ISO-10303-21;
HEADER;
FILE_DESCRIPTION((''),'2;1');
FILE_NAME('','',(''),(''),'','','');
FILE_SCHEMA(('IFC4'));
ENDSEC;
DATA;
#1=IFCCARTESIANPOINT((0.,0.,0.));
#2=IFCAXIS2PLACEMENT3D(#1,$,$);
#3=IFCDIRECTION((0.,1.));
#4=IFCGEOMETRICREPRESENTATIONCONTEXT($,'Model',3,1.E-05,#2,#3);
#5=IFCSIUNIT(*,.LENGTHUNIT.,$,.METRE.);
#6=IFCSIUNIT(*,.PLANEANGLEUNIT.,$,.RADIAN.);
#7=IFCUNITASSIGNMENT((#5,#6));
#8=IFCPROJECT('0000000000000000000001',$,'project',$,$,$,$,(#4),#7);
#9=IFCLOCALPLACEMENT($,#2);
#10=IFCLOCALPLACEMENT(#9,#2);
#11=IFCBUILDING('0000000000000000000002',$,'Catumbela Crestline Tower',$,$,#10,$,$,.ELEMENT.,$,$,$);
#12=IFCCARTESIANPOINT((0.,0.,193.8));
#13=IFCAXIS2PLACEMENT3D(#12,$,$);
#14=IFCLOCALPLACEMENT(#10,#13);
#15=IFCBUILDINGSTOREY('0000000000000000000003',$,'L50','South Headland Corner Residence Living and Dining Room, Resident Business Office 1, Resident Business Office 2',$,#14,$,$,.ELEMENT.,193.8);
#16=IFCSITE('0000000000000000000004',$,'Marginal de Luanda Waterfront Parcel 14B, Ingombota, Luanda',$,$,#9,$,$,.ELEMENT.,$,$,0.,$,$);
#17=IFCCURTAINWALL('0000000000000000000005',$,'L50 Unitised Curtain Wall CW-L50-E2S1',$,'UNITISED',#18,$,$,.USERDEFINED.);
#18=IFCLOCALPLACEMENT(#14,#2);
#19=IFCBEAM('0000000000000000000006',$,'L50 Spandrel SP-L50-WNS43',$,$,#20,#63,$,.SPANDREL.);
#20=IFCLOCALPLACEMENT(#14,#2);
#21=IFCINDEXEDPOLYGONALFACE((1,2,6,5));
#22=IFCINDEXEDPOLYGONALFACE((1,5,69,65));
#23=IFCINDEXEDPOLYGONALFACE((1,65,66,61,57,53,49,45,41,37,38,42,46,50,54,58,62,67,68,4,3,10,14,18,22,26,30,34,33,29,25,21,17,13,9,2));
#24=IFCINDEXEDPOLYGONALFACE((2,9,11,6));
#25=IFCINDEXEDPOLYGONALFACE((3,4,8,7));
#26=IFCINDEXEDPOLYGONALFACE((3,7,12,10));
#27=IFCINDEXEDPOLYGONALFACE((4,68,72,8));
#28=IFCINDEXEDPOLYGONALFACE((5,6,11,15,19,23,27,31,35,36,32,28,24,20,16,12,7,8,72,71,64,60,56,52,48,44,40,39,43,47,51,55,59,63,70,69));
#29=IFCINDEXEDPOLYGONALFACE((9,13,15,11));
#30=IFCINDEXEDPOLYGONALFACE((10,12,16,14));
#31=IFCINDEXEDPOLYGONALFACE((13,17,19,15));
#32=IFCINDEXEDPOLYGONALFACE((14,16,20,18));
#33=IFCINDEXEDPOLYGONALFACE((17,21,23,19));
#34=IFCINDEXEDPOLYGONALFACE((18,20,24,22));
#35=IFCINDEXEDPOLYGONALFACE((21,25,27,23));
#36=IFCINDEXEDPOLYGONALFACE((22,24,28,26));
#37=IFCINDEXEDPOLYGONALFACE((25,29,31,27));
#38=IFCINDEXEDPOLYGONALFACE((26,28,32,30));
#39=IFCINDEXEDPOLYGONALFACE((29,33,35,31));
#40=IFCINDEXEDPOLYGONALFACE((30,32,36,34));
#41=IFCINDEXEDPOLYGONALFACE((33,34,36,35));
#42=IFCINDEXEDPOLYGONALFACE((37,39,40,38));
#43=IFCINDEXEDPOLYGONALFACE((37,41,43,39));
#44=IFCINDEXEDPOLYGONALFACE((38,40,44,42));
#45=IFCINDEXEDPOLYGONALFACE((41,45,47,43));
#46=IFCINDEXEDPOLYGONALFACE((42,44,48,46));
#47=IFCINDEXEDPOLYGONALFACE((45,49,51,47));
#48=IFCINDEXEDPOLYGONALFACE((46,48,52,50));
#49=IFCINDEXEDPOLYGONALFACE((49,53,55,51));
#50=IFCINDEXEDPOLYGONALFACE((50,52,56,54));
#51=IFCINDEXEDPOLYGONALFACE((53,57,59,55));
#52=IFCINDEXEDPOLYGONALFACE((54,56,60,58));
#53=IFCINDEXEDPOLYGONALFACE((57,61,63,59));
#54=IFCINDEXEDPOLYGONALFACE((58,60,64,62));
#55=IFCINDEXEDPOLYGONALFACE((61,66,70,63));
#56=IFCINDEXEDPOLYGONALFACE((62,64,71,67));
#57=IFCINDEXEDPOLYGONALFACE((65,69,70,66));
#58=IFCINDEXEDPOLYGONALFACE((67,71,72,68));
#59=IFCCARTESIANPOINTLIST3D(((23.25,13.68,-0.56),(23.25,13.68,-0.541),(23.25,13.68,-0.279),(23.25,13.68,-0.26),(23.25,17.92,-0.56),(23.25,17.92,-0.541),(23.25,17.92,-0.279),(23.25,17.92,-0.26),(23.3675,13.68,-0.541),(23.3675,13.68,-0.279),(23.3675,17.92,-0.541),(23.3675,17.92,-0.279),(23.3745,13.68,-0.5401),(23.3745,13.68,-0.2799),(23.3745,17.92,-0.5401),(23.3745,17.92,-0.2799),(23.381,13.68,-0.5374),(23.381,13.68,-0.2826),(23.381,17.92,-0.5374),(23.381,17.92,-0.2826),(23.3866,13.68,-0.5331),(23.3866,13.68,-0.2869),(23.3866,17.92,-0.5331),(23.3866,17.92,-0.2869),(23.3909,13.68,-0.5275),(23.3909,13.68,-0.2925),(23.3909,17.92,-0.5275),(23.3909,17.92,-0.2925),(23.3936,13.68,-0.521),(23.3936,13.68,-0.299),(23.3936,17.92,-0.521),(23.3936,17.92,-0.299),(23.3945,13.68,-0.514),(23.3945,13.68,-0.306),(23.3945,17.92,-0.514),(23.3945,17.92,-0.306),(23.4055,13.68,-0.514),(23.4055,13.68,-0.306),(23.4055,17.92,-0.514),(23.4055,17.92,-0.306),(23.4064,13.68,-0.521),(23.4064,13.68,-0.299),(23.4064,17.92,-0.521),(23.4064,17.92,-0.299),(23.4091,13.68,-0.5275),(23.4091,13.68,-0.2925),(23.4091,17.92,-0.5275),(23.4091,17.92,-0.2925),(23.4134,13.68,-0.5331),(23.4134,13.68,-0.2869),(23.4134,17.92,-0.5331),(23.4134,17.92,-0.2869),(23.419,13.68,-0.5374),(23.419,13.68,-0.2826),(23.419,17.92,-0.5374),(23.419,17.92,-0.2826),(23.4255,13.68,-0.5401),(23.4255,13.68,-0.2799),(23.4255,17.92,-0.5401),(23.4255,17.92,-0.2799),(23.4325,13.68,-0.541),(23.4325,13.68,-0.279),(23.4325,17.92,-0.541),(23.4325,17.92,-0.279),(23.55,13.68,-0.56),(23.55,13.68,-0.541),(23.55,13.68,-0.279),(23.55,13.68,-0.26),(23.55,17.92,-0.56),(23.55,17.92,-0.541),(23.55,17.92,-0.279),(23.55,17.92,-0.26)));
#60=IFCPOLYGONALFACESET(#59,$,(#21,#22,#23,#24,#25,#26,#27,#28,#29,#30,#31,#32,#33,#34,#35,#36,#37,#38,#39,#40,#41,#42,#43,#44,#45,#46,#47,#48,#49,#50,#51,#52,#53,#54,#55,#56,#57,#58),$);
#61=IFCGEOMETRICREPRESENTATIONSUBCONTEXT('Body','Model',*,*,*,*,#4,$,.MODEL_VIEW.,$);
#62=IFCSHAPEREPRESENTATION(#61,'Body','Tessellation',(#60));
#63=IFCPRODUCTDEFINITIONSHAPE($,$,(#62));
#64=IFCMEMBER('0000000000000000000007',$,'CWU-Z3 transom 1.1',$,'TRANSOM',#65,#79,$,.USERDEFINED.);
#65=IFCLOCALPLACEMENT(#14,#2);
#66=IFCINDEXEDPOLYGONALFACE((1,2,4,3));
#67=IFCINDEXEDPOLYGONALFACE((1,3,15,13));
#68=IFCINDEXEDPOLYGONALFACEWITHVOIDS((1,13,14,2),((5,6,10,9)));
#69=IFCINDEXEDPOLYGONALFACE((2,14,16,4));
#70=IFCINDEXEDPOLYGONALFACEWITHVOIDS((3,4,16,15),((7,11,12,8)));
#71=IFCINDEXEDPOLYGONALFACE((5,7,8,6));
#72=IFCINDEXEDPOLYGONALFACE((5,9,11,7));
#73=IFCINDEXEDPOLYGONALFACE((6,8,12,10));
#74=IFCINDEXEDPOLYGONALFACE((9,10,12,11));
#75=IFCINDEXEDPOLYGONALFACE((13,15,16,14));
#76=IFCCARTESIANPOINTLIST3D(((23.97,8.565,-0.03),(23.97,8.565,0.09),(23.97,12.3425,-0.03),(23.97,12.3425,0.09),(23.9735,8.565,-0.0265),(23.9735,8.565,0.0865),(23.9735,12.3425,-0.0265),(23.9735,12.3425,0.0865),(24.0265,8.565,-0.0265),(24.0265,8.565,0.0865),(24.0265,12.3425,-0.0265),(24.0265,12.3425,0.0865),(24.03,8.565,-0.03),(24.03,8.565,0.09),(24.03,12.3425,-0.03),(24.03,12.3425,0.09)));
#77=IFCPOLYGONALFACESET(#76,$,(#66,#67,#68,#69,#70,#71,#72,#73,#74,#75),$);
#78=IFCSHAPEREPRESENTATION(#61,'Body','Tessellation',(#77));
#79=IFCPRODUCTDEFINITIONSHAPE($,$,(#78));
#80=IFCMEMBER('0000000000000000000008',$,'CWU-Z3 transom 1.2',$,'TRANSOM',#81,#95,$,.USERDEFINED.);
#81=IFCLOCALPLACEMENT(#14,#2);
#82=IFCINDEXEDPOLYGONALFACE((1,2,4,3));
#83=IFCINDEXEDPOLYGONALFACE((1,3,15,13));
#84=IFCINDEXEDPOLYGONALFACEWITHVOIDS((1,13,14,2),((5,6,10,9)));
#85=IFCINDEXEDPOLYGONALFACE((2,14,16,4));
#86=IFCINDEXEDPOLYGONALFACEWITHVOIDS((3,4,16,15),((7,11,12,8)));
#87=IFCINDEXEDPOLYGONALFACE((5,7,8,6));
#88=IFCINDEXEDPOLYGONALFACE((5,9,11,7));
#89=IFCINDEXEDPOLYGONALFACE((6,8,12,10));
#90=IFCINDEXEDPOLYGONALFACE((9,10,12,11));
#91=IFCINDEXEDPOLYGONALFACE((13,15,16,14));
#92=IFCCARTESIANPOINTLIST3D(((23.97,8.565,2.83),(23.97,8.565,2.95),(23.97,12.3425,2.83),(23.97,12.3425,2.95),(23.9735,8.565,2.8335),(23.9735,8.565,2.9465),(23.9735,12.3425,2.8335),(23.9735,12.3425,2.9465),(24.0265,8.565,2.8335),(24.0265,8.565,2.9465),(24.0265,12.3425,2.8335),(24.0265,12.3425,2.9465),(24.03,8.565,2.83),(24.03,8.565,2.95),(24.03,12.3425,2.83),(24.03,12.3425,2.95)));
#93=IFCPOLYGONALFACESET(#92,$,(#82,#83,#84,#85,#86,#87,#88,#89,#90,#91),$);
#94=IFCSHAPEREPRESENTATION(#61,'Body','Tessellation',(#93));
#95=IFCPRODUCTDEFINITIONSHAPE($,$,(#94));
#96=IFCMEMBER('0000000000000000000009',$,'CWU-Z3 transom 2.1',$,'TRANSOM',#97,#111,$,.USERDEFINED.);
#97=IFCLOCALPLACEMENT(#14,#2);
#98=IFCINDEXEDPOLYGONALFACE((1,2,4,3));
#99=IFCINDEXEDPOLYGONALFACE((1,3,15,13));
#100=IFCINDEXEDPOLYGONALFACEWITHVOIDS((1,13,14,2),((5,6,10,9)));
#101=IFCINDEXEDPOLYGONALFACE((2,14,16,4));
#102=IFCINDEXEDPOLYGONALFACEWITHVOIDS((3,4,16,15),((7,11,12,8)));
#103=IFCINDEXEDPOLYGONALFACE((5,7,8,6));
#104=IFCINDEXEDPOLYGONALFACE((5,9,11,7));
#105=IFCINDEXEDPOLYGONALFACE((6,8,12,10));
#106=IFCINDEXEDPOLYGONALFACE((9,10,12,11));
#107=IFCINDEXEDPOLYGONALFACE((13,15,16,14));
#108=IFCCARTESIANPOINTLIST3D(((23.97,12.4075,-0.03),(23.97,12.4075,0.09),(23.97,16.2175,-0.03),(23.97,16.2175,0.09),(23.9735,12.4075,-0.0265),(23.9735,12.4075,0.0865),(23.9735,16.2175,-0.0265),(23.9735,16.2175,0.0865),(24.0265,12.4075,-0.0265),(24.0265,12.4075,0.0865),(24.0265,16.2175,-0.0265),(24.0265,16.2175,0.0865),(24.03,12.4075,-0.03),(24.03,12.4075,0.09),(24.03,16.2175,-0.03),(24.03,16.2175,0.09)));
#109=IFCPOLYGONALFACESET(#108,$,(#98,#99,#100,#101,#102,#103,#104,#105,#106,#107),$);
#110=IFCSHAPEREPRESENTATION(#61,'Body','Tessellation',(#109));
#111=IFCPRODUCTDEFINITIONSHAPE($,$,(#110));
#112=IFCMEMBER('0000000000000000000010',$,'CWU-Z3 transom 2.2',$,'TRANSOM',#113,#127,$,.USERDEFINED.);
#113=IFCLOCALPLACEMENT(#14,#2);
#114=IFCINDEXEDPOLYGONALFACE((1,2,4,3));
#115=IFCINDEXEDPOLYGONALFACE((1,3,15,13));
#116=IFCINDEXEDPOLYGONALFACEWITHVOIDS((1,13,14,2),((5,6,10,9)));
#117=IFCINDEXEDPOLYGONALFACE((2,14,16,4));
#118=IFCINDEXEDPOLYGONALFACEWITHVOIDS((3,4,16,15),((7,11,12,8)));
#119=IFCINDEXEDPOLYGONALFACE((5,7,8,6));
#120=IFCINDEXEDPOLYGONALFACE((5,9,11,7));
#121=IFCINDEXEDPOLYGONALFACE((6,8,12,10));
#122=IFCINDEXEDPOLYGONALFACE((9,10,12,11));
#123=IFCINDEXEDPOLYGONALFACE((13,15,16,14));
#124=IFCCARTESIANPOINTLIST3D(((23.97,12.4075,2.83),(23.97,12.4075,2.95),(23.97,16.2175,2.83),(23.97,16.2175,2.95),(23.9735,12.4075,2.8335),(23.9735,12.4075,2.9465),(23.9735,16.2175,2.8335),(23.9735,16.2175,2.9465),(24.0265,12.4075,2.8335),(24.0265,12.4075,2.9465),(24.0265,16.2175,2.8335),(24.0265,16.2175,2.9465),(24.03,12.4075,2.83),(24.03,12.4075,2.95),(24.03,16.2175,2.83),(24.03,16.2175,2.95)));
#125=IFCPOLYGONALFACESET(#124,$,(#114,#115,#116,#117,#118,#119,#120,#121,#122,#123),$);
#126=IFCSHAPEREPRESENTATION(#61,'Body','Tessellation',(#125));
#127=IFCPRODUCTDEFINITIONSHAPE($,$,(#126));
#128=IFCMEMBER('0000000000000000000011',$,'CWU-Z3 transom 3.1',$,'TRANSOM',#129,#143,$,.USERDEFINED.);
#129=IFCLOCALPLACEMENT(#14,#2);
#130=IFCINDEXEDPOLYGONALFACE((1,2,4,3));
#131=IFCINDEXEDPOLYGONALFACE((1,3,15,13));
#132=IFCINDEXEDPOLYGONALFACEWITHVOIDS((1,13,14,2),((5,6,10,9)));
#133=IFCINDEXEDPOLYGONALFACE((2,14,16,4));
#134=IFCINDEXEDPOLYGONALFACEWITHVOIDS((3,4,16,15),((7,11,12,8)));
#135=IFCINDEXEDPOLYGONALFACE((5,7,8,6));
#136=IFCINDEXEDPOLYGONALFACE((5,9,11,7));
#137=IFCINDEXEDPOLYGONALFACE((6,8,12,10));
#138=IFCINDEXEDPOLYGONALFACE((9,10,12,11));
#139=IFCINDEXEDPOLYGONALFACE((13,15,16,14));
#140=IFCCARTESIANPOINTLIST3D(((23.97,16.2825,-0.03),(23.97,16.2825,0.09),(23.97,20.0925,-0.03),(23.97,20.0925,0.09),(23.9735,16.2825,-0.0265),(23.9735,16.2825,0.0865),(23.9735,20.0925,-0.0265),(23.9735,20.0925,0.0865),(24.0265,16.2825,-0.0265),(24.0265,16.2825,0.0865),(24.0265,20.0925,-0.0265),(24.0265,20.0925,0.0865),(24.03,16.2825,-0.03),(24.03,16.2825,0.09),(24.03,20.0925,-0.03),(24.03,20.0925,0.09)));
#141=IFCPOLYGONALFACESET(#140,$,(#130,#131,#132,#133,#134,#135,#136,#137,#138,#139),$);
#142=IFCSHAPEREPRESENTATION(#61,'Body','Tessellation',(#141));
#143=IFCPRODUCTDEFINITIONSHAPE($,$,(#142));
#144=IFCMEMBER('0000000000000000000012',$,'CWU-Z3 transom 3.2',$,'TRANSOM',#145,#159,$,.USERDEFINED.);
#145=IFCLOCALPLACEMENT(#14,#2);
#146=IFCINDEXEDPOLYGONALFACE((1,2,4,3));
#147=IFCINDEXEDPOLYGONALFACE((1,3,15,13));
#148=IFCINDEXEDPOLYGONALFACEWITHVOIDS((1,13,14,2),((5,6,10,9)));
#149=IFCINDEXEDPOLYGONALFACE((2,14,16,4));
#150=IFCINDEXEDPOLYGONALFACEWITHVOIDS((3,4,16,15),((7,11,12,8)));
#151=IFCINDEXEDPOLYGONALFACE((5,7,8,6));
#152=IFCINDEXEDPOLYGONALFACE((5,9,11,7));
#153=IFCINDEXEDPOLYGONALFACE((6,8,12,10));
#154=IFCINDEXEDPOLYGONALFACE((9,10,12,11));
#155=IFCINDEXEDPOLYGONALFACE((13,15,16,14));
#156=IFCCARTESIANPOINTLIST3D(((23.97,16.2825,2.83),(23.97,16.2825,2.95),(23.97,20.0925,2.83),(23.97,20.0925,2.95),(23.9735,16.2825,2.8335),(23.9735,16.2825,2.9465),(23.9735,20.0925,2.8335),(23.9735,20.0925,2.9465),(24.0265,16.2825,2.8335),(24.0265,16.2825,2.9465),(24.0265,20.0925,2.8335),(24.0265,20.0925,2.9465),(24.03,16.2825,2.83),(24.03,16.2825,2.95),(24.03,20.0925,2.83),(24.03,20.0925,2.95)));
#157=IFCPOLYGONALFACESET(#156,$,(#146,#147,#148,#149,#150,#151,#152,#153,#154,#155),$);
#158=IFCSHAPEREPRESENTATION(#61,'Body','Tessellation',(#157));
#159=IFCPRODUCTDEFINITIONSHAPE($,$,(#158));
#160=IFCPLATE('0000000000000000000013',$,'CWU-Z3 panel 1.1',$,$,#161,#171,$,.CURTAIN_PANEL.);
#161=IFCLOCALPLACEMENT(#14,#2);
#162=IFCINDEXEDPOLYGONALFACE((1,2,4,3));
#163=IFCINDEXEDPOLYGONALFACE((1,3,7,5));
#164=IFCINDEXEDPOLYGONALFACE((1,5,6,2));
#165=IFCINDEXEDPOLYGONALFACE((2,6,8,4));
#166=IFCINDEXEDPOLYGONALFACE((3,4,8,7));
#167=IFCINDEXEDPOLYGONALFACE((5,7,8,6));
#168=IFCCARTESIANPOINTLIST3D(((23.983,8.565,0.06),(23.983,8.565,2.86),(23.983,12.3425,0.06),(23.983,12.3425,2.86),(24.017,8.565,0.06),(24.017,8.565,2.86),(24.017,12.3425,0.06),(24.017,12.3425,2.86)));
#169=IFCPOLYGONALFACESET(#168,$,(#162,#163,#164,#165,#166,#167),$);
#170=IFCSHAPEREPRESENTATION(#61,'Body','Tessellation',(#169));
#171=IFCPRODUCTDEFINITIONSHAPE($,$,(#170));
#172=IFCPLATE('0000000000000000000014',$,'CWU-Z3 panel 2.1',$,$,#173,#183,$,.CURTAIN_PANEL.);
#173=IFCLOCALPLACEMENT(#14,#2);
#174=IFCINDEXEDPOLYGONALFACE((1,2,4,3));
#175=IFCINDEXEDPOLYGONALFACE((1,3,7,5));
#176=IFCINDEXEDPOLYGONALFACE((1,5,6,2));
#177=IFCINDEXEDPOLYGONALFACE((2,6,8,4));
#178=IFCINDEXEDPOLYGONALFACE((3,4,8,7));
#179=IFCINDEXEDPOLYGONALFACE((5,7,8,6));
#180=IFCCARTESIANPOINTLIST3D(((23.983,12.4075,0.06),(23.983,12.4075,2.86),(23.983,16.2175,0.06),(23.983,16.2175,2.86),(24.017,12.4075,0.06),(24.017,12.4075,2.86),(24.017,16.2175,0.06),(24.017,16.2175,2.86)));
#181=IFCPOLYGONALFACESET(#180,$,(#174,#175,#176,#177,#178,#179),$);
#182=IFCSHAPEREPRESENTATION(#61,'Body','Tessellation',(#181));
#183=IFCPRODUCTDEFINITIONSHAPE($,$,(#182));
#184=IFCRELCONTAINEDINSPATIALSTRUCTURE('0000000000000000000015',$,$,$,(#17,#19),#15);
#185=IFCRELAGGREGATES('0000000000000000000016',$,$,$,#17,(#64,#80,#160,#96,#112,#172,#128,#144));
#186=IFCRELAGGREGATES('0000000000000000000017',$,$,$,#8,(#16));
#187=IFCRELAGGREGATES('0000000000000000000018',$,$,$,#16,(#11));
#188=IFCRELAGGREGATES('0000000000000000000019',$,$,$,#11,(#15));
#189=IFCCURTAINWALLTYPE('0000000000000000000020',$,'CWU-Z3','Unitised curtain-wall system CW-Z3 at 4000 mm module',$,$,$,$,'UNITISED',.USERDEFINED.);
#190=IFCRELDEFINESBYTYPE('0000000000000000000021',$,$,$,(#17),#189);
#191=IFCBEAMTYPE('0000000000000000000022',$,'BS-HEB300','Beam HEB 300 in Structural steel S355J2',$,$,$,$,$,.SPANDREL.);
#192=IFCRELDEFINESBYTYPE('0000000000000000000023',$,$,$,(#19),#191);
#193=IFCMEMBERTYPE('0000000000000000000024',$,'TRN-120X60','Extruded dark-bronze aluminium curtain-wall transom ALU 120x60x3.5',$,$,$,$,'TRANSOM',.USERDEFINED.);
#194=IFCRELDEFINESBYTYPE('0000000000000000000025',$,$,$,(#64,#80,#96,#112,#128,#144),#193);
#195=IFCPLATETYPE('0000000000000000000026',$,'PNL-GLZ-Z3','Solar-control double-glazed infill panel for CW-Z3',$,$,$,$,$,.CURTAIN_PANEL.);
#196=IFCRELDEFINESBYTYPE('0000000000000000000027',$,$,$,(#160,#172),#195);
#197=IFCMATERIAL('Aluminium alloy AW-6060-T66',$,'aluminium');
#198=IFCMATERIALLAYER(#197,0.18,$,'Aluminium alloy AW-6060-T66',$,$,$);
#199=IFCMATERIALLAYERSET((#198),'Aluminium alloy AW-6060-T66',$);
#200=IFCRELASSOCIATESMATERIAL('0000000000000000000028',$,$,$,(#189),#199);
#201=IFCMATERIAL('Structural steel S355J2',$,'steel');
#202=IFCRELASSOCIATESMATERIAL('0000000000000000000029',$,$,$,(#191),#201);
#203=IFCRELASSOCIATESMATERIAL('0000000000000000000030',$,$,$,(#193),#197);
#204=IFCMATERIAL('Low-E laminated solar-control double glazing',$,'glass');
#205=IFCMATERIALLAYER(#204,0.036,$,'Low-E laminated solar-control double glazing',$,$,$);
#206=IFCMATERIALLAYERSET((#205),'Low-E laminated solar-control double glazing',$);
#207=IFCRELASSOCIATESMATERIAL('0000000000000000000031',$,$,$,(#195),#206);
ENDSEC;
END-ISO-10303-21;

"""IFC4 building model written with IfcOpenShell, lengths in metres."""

from ifc_helpers import new_model, si_unit, direction, frame, origin, origin_2d, place, context, subcontext, project, spatial, rectangle, hollow_rectangle, i_section, extrude, material, layer, layer_set, material_profile, profile_set, type_object, element, aggregate, save


model = new_model("IFC4")

# Units and contexts
model_context = context("Model", 3, precision=1e-05, world=origin(), true_north=direction((0.0, 1.0)))
body_context = subcontext(model_context, "Body", "Model", "MODEL_VIEW")
ifc_project = project(units=[si_unit("LENGTHUNIT", "METRE"), si_unit("PLANEANGLEUNIT", "RADIAN")], contexts=[model_context])

# Site, building, storey
site_placement = place(None, origin())
site = spatial("IfcSite", under=ifc_project, at=site_placement, Name="Marginal de Luanda Waterfront Parcel 14B, Ingombota, Luanda", CompositionType="ELEMENT", RefElevation=0.0)
building_placement = place(site_placement, origin())
building = spatial("IfcBuilding", under=site, at=building_placement, Name="Catumbela Crestline Tower", CompositionType="ELEMENT")
storey_placement = place(building_placement, frame((0.0, 0.0, 193.8)))
storey = spatial("IfcBuildingStorey", under=building, at=storey_placement, Name="L50", Description="South Headland Corner Residence Living and Dining Room, Resident Business Office 1, Resident Business Office 2", CompositionType="ELEMENT", Elevation=193.8)

# Shared definitions
ifc_material_1 = material(Name="Structural steel S355J2", Category="steel")

# Shared definitions
ifc_material_2 = material(Name="Aluminium alloy AW-6060-T66", Category="aluminium")
ifc_layer_1 = layer(ifc_material_2, 0.18, Name="Aluminium alloy AW-6060-T66")
ifc_layer_set_1 = layer_set([ifc_layer_1], Name="Aluminium alloy AW-6060-T66")
curtain_wall_type = type_object("IfcCurtainWallType", Name="CWU-Z3", Description="Unitised curtain-wall system CW-Z3 at 4000 mm module", ElementType="UNITISED", PredefinedType="USERDEFINED", material=ifc_layer_set_1)

# Curtain wall
curtain_wall_1_placement = place(storey_placement, origin())
curtain_wall_1 = element("IfcCurtainWall", 1, at=curtain_wall_1_placement, inside=storey, type_object=curtain_wall_type, Name="L50 Unitised Curtain Wall CW-L50-E2S1", ObjectType="UNITISED", PredefinedType="USERDEFINED")

# Beam
ifc_material_profile_1 = material_profile(ifc_material_1, i_section(OverallWidth=0.3, OverallDepth=0.3, WebThickness=0.011, FlangeThickness=0.019, FilletRadius=0.027, at=origin_2d()), Name="HEB 300")
ifc_profile_set_1 = profile_set([ifc_material_profile_1], Name="Structural steel S355J2")
beam_type_1 = type_object("IfcBeamType", Name="BS-HEB300", Description="Beam HEB 300 in Structural steel S355J2", PredefinedType="SPANDREL", material=ifc_profile_set_1)
beam_1_placement = place(storey_placement, frame((23.4, 13.68, -0.41), z_axis=(0.0, 1.0, 0.0), x_axis=(-1.0, 0.0, 0.0)))
element("IfcBeam", 2, at=beam_1_placement, inside=storey, type_object=beam_type_1, Name="L50 Spandrel SP-L50-WNS43", PredefinedType="SPANDREL", context=body_context, shape_type="SweptSolid", body=[
    extrude(i_section(OverallWidth=0.3, OverallDepth=0.3, WebThickness=0.011, FlangeThickness=0.019, FilletRadius=0.027, at=origin_2d()), origin(), (0.0, 0.0, 1.0), 4.24),
])

# Members
ifc_material_profile_2 = material_profile(ifc_material_2, hollow_rectangle(XDim=0.06, YDim=0.12, WallThickness=0.0035, at=origin_2d()), Name="ALU 120x60x3.5")
ifc_profile_set_2 = profile_set([ifc_material_profile_2], Name="Aluminium alloy AW-6060-T66")
member_type_1 = type_object("IfcMemberType", Name="TRN-120X60", Description="Extruded dark-bronze aluminium curtain-wall transom ALU 120x60x3.5", ElementType="TRANSOM", PredefinedType="USERDEFINED", material=ifc_profile_set_2)
member_1_placement = place(storey_placement, frame((24.0, 8.565, 0.03), z_axis=(0.0, 1.0, 0.0), x_axis=(-1.0, 0.0, 0.0)))
member_1 = element("IfcMember", 3, at=member_1_placement, type_object=member_type_1, Name="CWU-Z3 transom 1.1", ObjectType="TRANSOM", PredefinedType="USERDEFINED", context=body_context, shape_type="SweptSolid", body=[
    extrude(hollow_rectangle(XDim=0.06, YDim=0.12, WallThickness=0.0035, at=origin_2d()), origin(), (0.0, 0.0, 1.0), 3.7775),
])
member_2_placement = place(storey_placement, frame((24.0, 8.565, 2.89), z_axis=(0.0, 1.0, 0.0), x_axis=(-1.0, 0.0, 0.0)))
member_2 = element("IfcMember", 4, at=member_2_placement, type_object=member_type_1, Name="CWU-Z3 transom 1.2", ObjectType="TRANSOM", PredefinedType="USERDEFINED", context=body_context, shape_type="SweptSolid", body=[
    extrude(hollow_rectangle(XDim=0.06, YDim=0.12, WallThickness=0.0035, at=origin_2d()), origin(), (0.0, 0.0, 1.0), 3.7775),
])
member_3_placement = place(storey_placement, frame((24.0, 12.4075, 0.03), z_axis=(0.0, 1.0, 0.0), x_axis=(-1.0, 0.0, 0.0)))
member_3 = element("IfcMember", 5, at=member_3_placement, type_object=member_type_1, Name="CWU-Z3 transom 2.1", ObjectType="TRANSOM", PredefinedType="USERDEFINED", context=body_context, shape_type="SweptSolid", body=[
    extrude(hollow_rectangle(XDim=0.06, YDim=0.12, WallThickness=0.0035, at=origin_2d()), origin(), (0.0, 0.0, 1.0), 3.81),
])
member_4_placement = place(storey_placement, frame((24.0, 12.4075, 2.89), z_axis=(0.0, 1.0, 0.0), x_axis=(-1.0, 0.0, 0.0)))
member_4 = element("IfcMember", 6, at=member_4_placement, type_object=member_type_1, Name="CWU-Z3 transom 2.2", ObjectType="TRANSOM", PredefinedType="USERDEFINED", context=body_context, shape_type="SweptSolid", body=[
    extrude(hollow_rectangle(XDim=0.06, YDim=0.12, WallThickness=0.0035, at=origin_2d()), origin(), (0.0, 0.0, 1.0), 3.81),
])
member_5_placement = place(storey_placement, frame((24.0, 16.2825, 0.03), z_axis=(0.0, 1.0, 0.0), x_axis=(-1.0, 0.0, 0.0)))
member_5 = element("IfcMember", 7, at=member_5_placement, type_object=member_type_1, Name="CWU-Z3 transom 3.1", ObjectType="TRANSOM", PredefinedType="USERDEFINED", context=body_context, shape_type="SweptSolid", body=[
    extrude(hollow_rectangle(XDim=0.06, YDim=0.12, WallThickness=0.0035, at=origin_2d()), origin(), (0.0, 0.0, 1.0), 3.81),
])
member_6_placement = place(storey_placement, frame((24.0, 16.2825, 2.89), z_axis=(0.0, 1.0, 0.0), x_axis=(-1.0, 0.0, 0.0)))
member_6 = element("IfcMember", 8, at=member_6_placement, type_object=member_type_1, Name="CWU-Z3 transom 3.2", ObjectType="TRANSOM", PredefinedType="USERDEFINED", context=body_context, shape_type="SweptSolid", body=[
    extrude(hollow_rectangle(XDim=0.06, YDim=0.12, WallThickness=0.0035, at=origin_2d()), origin(), (0.0, 0.0, 1.0), 3.81),
])

# Plates
ifc_material_3 = material(Name="Low-E laminated solar-control double glazing", Category="glass")
ifc_layer_2 = layer(ifc_material_3, 0.036, Name="Low-E laminated solar-control double glazing")
ifc_layer_set_2 = layer_set([ifc_layer_2], Name="Low-E laminated solar-control double glazing")
plate_type = type_object("IfcPlateType", Name="PNL-GLZ-Z3", Description="Solar-control double-glazed infill panel for CW-Z3", PredefinedType="CURTAIN_PANEL", material=ifc_layer_set_2)
plate_1_placement = place(storey_placement, frame((24.0, 10.4538, 0.06), z_axis=(0.0, 0.0, 1.0), x_axis=(0.0, 1.0, 0.0)))
plate_1 = element("IfcPlate", 9, at=plate_1_placement, type_object=plate_type, Name="CWU-Z3 panel 1.1", PredefinedType="CURTAIN_PANEL", context=body_context, shape_type="SweptSolid", body=[
    extrude(rectangle(XDim=3.7775, YDim=0.034, at=origin_2d()), origin(), (0.0, 0.0, 1.0), 2.8),
])
plate_2_placement = place(storey_placement, frame((24.0, 14.3125, 0.06), z_axis=(0.0, 0.0, 1.0), x_axis=(0.0, 1.0, 0.0)))
plate_2 = element("IfcPlate", 10, at=plate_2_placement, type_object=plate_type, Name="CWU-Z3 panel 2.1", PredefinedType="CURTAIN_PANEL", context=body_context, shape_type="SweptSolid", body=[
    extrude(rectangle(XDim=3.81, YDim=0.034, at=origin_2d()), origin(), (0.0, 0.0, 1.0), 2.8),
])
aggregate(curtain_wall_1, [member_1, member_2, plate_1, member_3, member_4, plate_2, member_5, member_6])

save(model, "model.ifc")
